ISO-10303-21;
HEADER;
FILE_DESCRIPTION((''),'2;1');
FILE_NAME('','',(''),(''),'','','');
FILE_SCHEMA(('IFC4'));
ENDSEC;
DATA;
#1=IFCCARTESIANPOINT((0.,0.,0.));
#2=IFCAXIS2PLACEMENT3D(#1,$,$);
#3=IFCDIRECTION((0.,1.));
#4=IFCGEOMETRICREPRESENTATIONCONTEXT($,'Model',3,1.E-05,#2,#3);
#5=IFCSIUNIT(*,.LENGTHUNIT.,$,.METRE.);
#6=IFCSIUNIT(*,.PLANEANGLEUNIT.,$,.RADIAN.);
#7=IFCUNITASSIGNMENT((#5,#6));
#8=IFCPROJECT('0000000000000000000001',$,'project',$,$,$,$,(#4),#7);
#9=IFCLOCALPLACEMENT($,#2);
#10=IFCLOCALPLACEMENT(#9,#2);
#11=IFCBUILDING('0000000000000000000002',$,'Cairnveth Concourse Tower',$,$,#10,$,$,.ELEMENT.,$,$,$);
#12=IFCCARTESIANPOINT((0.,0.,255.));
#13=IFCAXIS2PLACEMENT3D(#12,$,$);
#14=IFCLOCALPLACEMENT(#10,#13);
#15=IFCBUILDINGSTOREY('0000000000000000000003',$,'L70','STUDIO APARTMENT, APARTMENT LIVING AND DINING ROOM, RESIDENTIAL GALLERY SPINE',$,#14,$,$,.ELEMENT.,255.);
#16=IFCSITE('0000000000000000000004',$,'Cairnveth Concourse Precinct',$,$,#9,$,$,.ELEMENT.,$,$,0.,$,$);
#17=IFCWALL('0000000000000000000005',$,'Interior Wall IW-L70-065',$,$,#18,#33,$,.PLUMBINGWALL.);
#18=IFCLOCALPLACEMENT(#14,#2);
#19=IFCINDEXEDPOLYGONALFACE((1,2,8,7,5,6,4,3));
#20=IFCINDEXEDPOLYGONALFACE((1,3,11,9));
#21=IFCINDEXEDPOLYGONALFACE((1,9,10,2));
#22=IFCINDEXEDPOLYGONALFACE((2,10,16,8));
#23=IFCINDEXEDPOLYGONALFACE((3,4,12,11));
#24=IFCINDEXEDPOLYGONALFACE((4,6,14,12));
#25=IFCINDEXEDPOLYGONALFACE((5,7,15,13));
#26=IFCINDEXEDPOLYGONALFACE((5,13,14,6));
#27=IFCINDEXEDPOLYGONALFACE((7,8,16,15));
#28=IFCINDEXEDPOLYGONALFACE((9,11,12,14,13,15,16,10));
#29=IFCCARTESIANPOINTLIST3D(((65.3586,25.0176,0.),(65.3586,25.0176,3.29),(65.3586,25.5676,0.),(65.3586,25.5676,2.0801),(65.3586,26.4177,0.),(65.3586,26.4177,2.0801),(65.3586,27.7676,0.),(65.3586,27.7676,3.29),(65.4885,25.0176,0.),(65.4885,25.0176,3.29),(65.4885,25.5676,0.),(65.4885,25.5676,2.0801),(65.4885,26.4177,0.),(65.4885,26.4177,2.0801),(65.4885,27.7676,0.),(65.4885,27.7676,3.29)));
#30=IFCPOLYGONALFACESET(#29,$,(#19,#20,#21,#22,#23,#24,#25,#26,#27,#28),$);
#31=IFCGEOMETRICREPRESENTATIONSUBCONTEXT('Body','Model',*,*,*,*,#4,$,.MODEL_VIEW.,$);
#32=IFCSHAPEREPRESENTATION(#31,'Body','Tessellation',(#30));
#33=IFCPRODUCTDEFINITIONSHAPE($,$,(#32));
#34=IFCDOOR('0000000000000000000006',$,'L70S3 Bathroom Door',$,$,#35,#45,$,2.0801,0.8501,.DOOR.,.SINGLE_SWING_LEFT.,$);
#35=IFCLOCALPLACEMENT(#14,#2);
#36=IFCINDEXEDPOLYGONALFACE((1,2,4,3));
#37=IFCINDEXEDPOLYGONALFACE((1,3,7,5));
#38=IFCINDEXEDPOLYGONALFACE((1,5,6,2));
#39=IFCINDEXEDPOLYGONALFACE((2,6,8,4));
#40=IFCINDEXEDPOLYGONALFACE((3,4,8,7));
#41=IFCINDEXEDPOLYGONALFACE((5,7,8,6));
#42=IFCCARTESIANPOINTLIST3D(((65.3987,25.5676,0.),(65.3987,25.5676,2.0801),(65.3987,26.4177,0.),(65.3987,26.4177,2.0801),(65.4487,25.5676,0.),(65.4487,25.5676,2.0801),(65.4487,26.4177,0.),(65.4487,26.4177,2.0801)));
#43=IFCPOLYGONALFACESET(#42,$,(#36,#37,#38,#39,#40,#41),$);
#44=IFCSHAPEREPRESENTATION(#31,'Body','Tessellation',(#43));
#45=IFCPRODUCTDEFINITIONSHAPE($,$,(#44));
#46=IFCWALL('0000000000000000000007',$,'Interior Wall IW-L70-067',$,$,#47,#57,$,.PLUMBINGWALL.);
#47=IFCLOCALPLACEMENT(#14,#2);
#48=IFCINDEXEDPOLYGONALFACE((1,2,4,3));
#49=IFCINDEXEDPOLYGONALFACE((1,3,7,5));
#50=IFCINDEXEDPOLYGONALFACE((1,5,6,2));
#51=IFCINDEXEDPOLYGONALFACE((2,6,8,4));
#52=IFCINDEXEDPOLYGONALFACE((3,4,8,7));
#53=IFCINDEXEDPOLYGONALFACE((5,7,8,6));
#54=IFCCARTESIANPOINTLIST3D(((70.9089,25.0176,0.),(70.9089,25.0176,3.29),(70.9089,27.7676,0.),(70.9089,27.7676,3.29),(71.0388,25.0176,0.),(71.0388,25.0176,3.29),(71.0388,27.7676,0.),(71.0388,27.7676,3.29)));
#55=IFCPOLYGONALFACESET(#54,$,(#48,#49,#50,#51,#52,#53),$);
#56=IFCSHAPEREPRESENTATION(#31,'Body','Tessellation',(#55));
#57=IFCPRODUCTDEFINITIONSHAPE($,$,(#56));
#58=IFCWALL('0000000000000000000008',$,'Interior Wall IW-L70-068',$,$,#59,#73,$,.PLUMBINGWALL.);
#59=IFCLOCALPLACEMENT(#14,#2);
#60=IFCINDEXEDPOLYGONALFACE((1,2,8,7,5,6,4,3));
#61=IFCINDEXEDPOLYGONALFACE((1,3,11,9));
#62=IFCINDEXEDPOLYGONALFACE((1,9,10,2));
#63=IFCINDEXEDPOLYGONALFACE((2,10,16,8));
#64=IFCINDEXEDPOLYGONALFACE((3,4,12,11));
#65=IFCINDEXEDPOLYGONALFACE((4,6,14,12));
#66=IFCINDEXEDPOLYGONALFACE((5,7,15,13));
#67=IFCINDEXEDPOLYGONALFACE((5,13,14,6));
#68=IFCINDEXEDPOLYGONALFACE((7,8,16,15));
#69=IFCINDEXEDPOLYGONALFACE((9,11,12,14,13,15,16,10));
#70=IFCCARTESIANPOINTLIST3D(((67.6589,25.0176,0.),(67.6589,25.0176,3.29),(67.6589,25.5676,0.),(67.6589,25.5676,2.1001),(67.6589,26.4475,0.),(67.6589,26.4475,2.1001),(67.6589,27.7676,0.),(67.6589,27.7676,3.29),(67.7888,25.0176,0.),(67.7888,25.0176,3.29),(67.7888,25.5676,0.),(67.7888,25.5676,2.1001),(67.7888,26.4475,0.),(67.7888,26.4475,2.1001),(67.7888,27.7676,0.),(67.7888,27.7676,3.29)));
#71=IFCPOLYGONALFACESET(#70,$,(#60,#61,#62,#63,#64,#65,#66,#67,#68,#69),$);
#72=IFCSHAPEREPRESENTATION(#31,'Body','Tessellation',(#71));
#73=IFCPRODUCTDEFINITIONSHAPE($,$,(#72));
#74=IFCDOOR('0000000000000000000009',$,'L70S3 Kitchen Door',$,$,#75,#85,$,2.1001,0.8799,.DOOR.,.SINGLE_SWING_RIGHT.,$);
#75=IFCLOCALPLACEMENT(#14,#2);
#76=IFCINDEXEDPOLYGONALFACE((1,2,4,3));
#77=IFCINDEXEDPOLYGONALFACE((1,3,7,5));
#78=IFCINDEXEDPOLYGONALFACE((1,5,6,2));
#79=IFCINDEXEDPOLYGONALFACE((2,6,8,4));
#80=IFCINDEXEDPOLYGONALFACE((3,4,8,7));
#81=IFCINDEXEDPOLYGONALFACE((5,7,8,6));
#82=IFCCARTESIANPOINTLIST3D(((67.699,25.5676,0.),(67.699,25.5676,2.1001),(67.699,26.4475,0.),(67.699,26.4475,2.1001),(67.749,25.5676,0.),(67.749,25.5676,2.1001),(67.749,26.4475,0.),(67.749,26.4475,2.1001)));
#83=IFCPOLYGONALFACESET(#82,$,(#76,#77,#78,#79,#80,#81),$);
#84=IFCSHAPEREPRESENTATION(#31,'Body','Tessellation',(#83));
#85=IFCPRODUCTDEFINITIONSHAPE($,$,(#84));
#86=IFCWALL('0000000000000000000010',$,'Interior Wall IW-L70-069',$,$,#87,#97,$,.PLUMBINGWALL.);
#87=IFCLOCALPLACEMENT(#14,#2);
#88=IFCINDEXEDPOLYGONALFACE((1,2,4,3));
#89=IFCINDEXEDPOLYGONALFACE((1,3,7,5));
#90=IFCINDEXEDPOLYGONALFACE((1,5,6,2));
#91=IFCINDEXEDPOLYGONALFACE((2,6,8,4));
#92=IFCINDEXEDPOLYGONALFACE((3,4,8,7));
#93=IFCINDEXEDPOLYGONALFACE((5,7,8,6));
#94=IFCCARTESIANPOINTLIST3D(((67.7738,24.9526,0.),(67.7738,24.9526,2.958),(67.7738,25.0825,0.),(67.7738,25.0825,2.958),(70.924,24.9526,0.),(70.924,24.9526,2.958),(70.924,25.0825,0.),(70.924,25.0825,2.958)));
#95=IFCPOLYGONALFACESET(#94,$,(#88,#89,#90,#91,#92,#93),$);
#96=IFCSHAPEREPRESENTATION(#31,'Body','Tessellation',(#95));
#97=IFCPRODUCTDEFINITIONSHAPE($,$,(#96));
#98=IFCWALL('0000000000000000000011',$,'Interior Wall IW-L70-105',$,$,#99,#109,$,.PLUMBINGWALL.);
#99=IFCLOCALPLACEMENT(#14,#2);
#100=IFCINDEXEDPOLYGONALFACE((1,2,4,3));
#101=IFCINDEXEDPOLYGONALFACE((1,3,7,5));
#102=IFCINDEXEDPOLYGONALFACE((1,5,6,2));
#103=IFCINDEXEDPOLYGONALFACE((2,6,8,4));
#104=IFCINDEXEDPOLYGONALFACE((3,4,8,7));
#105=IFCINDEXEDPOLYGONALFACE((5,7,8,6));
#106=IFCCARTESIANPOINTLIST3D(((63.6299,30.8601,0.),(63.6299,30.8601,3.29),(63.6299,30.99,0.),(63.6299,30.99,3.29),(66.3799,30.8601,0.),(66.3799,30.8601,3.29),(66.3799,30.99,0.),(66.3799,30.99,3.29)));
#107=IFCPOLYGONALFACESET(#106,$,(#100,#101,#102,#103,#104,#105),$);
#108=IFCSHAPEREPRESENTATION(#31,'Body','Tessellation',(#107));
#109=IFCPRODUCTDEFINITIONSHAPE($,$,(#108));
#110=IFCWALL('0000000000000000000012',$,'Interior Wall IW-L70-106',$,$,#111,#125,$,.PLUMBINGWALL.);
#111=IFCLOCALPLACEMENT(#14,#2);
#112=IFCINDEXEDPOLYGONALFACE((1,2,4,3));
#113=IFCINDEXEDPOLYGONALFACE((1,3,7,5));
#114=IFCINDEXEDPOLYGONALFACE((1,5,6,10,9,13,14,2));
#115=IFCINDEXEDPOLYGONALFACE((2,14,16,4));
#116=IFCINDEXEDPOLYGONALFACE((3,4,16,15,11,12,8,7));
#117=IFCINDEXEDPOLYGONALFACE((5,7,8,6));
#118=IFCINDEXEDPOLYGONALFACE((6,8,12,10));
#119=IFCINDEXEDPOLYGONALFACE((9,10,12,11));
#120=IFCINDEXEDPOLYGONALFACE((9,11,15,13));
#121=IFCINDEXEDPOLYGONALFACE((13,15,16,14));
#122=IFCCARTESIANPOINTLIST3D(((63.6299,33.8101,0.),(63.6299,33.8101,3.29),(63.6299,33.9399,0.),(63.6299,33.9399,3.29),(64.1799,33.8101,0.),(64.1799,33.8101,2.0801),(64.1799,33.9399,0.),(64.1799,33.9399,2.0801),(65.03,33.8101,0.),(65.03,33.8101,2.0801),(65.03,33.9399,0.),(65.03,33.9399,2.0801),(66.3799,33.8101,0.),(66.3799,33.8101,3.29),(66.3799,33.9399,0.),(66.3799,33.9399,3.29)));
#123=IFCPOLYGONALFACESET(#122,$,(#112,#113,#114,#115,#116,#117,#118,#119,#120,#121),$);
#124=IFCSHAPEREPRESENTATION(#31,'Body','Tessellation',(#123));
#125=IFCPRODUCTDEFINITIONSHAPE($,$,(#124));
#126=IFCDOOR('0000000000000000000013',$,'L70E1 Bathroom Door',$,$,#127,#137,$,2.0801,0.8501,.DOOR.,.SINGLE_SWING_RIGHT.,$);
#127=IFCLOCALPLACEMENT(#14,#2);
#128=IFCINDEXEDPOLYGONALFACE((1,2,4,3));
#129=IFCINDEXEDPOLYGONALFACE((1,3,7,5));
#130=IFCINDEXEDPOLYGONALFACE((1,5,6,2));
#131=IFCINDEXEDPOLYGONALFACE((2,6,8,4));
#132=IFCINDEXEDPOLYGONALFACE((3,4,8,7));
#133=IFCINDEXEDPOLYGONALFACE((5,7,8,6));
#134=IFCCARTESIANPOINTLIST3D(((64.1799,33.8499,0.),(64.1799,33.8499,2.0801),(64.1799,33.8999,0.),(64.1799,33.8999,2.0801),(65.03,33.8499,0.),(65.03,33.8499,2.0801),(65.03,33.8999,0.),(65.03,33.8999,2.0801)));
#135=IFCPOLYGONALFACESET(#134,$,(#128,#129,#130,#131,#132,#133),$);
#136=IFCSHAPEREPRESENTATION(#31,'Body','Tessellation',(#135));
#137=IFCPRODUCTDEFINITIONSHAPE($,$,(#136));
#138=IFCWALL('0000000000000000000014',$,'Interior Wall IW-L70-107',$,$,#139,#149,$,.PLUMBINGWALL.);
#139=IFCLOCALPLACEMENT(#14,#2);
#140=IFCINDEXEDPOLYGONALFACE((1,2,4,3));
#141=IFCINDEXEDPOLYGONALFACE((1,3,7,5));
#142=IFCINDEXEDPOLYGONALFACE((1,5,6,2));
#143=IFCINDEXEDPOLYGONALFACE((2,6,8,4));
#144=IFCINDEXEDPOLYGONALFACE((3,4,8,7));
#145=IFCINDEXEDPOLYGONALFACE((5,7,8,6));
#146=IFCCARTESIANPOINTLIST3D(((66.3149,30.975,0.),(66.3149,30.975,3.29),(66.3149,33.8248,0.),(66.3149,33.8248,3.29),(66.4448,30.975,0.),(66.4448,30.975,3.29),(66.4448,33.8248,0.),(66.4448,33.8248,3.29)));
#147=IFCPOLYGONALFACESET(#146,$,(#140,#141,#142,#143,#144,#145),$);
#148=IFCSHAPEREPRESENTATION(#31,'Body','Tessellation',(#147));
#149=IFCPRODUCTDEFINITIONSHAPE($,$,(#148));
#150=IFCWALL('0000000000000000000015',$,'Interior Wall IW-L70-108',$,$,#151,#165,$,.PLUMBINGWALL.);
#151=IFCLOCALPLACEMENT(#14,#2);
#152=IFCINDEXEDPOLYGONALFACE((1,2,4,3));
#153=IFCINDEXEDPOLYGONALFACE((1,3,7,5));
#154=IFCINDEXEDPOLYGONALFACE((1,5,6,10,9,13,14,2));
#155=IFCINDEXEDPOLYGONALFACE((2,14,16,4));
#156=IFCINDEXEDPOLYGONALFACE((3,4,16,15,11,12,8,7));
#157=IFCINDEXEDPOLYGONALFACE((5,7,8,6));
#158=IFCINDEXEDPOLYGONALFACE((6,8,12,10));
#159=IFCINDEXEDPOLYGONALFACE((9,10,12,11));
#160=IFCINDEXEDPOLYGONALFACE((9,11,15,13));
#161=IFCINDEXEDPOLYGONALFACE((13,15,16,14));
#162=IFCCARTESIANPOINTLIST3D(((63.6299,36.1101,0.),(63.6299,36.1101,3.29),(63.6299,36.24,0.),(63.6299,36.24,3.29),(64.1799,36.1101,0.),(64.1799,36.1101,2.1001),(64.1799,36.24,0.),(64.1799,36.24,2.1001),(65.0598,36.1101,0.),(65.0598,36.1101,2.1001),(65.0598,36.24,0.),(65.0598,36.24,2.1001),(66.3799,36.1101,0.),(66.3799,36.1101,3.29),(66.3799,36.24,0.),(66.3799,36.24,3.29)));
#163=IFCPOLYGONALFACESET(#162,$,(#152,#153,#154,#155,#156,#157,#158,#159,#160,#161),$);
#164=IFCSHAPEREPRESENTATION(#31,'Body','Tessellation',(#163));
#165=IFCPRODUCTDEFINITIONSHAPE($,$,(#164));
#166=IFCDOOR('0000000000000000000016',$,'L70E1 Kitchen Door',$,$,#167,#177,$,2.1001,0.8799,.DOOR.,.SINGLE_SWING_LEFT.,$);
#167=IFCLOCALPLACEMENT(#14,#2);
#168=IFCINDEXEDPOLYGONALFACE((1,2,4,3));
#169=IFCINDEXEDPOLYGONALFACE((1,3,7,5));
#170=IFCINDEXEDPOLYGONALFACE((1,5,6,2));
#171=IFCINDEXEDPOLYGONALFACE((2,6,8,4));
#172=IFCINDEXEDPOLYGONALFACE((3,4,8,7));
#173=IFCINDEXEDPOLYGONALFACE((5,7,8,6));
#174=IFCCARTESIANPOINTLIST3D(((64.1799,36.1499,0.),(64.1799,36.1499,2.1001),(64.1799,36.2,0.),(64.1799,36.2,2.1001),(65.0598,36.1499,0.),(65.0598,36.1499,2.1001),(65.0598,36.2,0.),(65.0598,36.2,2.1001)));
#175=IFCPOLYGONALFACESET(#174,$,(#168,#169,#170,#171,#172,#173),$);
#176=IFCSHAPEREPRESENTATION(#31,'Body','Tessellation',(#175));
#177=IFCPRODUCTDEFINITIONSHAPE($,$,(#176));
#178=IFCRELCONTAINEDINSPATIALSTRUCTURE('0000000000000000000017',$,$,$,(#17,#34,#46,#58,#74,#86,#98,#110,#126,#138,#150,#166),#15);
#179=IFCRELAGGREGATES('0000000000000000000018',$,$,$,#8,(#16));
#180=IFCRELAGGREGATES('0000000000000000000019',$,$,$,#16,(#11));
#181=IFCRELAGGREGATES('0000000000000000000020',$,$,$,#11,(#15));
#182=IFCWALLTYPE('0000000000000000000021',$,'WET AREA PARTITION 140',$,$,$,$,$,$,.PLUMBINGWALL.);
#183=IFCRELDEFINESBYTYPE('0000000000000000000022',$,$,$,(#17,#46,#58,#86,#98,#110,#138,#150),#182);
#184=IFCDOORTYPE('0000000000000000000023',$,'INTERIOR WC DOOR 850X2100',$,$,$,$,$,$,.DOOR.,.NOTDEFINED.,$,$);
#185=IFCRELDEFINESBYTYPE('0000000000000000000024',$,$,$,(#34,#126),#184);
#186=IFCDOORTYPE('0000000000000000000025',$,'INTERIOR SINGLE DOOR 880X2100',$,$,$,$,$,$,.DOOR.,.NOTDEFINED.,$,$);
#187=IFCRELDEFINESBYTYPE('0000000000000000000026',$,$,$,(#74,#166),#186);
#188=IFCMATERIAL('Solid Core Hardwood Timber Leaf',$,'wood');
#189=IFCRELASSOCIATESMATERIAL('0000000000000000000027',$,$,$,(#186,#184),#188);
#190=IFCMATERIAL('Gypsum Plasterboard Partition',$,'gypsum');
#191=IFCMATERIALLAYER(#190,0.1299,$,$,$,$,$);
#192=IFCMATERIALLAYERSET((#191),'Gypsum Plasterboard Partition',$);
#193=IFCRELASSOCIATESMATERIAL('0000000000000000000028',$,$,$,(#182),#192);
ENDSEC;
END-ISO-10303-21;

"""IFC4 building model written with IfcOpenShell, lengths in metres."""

from ifc_helpers import new_model, si_unit, direction, frame, frame_2d, origin, place, context, subcontext, project, spatial, rectangle, extrude, material, layer, layer_set, type_object, element, fill, save


model = new_model("IFC4")

# Units and contexts
model_context = context("Model", 3, precision=1e-05, world=origin(), true_north=direction((0.0, 1.0)))
body_context = subcontext(model_context, "Body", "Model", "MODEL_VIEW")
ifc_project = project(units=[si_unit("LENGTHUNIT", "METRE"), si_unit("PLANEANGLEUNIT", "RADIAN")], contexts=[model_context])

# Site, building, storey
site_placement = place(None, origin())
site = spatial("IfcSite", under=ifc_project, at=site_placement, Name="Cairnveth Concourse Precinct", CompositionType="ELEMENT", RefElevation=0.0)
building_placement = place(site_placement, origin())
building = spatial("IfcBuilding", under=site, at=building_placement, Name="Cairnveth Concourse Tower", CompositionType="ELEMENT")
storey_placement = place(building_placement, frame((0.0, 0.0, 255.0)))
storey = spatial("IfcBuildingStorey", under=building, at=storey_placement, Name="L70", Description="STUDIO APARTMENT, APARTMENT LIVING AND DINING ROOM, RESIDENTIAL GALLERY SPINE", CompositionType="ELEMENT", Elevation=255.0)

# Shared definitions
ifc_material_1 = material(Name="Gypsum Plasterboard Partition", Category="gypsum")

# Wall, opening, door
ifc_material_2 = material(Name="Solid Core Hardwood Timber Leaf", Category="wood")
door_type_1 = type_object("IfcDoorType", Name="INTERIOR SINGLE DOOR 880X2100", OperationType="NOTDEFINED", PredefinedType="DOOR", material=ifc_material_2)
ifc_layer_1 = layer(ifc_material_1, 0.1299)
ifc_layer_set_1 = layer_set([ifc_layer_1], Name="Gypsum Plasterboard Partition")
wall_type_1 = type_object("IfcWallType", Name="WET AREA PARTITION 140", PredefinedType="PLUMBINGWALL", material=ifc_layer_set_1)
wall_1_placement = place(storey_placement, frame((65.4236, 25.0176, 0.0), z_axis=(0.0, 0.0, 1.0), x_axis=(0.0, 1.0, 0.0)))
wall_1 = element("IfcWall", 1, at=wall_1_placement, inside=storey, type_object=wall_type_1, Name="Interior Wall IW-L70-065", PredefinedType="PLUMBINGWALL", context=body_context, shape_type="SweptSolid", body=[
    extrude(rectangle(XDim=2.75, YDim=0.1299, at=frame_2d((1.375, 0.0))), origin(), (0.0, 0.0, 1.0), 3.29),
])
opening_1_placement = place(wall_1_placement, frame((0.55, 0.0, 0.0)))
opening_1 = element("IfcOpeningElement", 2, at=opening_1_placement, cuts=wall_1, PredefinedType="OPENING", context=body_context, shape_type="SweptSolid", body=[
    extrude(rectangle(XDim=0.8501, YDim=2.0801, at=frame_2d((0.425, 1.04))), frame((0.0, 0.075, 0.0), z_axis=(0.0, -1.0, 0.0), x_axis=(1.0, 0.0, 0.0)), (0.0, 0.0, 1.0), 0.1499),
])
door_type_2 = type_object("IfcDoorType", Name="INTERIOR WC DOOR 850X2100", OperationType="NOTDEFINED", PredefinedType="DOOR", material=ifc_material_2)
door_1_placement = place(opening_1_placement, origin())
door_1 = element("IfcDoor", 3, at=door_1_placement, inside=storey, type_object=door_type_2, Name="L70S3 Bathroom Door", OperationType="SINGLE_SWING_LEFT", OverallHeight=2.0801, OverallWidth=0.8501, PredefinedType="DOOR", context=body_context, shape_type="SweptSolid", body=[
    extrude(rectangle(XDim=0.8501, YDim=2.0801, at=frame_2d((0.425, 1.04))), frame((0.0, 0.0249, 0.0), z_axis=(0.0, -1.0, 0.0), x_axis=(1.0, 0.0, 0.0)), (0.0, 0.0, 1.0), 0.05),
])
fill(opening_1, door_1)

# Wall
wall_2_placement = place(storey_placement, frame((70.9739, 25.0176, 0.0), z_axis=(0.0, 0.0, 1.0), x_axis=(0.0, 1.0, 0.0)))
element("IfcWall", 4, at=wall_2_placement, inside=storey, type_object=wall_type_1, Name="Interior Wall IW-L70-067", PredefinedType="PLUMBINGWALL", context=body_context, shape_type="SweptSolid", body=[
    extrude(rectangle(XDim=2.75, YDim=0.1299, at=frame_2d((1.375, 0.0))), origin(), (0.0, 0.0, 1.0), 3.29),
])

# Wall, opening, door
wall_3_placement = place(storey_placement, frame((67.7239, 25.0176, 0.0), z_axis=(0.0, 0.0, 1.0), x_axis=(0.0, 1.0, 0.0)))
wall_3 = element("IfcWall", 5, at=wall_3_placement, inside=storey, type_object=wall_type_1, Name="Interior Wall IW-L70-068", PredefinedType="PLUMBINGWALL", context=body_context, shape_type="SweptSolid", body=[
    extrude(rectangle(XDim=2.75, YDim=0.1299, at=frame_2d((1.375, 0.0))), origin(), (0.0, 0.0, 1.0), 3.29),
])
opening_2_placement = place(wall_3_placement, frame((0.55, 0.0, 0.0)))
opening_2 = element("IfcOpeningElement", 6, at=opening_2_placement, cuts=wall_3, PredefinedType="OPENING", context=body_context, shape_type="SweptSolid", body=[
    extrude(rectangle(XDim=0.8799, YDim=2.1001, at=frame_2d((0.4399, 1.05))), frame((0.0, 0.075, 0.0), z_axis=(0.0, -1.0, 0.0), x_axis=(1.0, 0.0, 0.0)), (0.0, 0.0, 1.0), 0.1499),
])
door_2_placement = place(opening_2_placement, origin())
door_2 = element("IfcDoor", 7, at=door_2_placement, inside=storey, type_object=door_type_1, Name="L70S3 Kitchen Door", OperationType="SINGLE_SWING_RIGHT", OverallHeight=2.1001, OverallWidth=0.8799, PredefinedType="DOOR", context=body_context, shape_type="SweptSolid", body=[
    extrude(rectangle(XDim=0.8799, YDim=2.1001, at=frame_2d((0.4399, 1.05))), frame((0.0, 0.0249, 0.0), z_axis=(0.0, -1.0, 0.0), x_axis=(1.0, 0.0, 0.0)), (0.0, 0.0, 1.0), 0.05),
])
fill(opening_2, door_2)

# Walls
wall_4_placement = place(storey_placement, frame((67.7737, 25.0176, 0.0), z_axis=(0.0, 0.0, 1.0), x_axis=(1.0, 0.0, 0.0)))
element("IfcWall", 8, at=wall_4_placement, inside=storey, type_object=wall_type_1, Name="Interior Wall IW-L70-069", PredefinedType="PLUMBINGWALL", context=body_context, shape_type="SweptSolid", body=[
    extrude(rectangle(XDim=3.1501, YDim=0.1299, at=frame_2d((1.5752, 0.0))), origin(), (0.0, 0.0, 1.0), 2.958),
])
wall_5_placement = place(storey_placement, frame((63.6299, 30.925, 0.0), z_axis=(0.0, 0.0, 1.0), x_axis=(1.0, 0.0, 0.0)))
element("IfcWall", 9, at=wall_5_placement, inside=storey, type_object=wall_type_1, Name="Interior Wall IW-L70-105", PredefinedType="PLUMBINGWALL", context=body_context, shape_type="SweptSolid", body=[
    extrude(rectangle(XDim=2.75, YDim=0.1299, at=frame_2d((1.375, 0.0))), origin(), (0.0, 0.0, 1.0), 3.29),
])

# Wall, opening, door
wall_6_placement = place(storey_placement, frame((63.6299, 33.875, 0.0), z_axis=(0.0, 0.0, 1.0), x_axis=(1.0, 0.0, 0.0)))
wall_6 = element("IfcWall", 10, at=wall_6_placement, inside=storey, type_object=wall_type_1, Name="Interior Wall IW-L70-106", PredefinedType="PLUMBINGWALL", context=body_context, shape_type="SweptSolid", body=[
    extrude(rectangle(XDim=2.75, YDim=0.1299, at=frame_2d((1.375, 0.0))), origin(), (0.0, 0.0, 1.0), 3.29),
])
opening_3_placement = place(wall_6_placement, frame((0.55, 0.0, 0.0)))
opening_3 = element("IfcOpeningElement", 11, at=opening_3_placement, cuts=wall_6, PredefinedType="OPENING", context=body_context, shape_type="SweptSolid", body=[
    extrude(rectangle(XDim=0.8501, YDim=2.0801, at=frame_2d((0.425, 1.04))), frame((0.0, 0.075, 0.0), z_axis=(0.0, -1.0, 0.0), x_axis=(1.0, 0.0, 0.0)), (0.0, 0.0, 1.0), 0.1499),
])
door_3_placement = place(opening_3_placement, origin())
door_3 = element("IfcDoor", 12, at=door_3_placement, inside=storey, type_object=door_type_2, Name="L70E1 Bathroom Door", OperationType="SINGLE_SWING_RIGHT", OverallHeight=2.0801, OverallWidth=0.8501, PredefinedType="DOOR", context=body_context, shape_type="SweptSolid", body=[
    extrude(rectangle(XDim=0.8501, YDim=2.0801, at=frame_2d((0.425, 1.04))), frame((0.0, 0.0249, 0.0), z_axis=(0.0, -1.0, 0.0), x_axis=(1.0, 0.0, 0.0)), (0.0, 0.0, 1.0), 0.05),
])
fill(opening_3, door_3)

# Wall
wall_7_placement = place(storey_placement, frame((66.3799, 30.9751, 0.0), z_axis=(0.0, 0.0, 1.0), x_axis=(0.0, 1.0, 0.0)))
element("IfcWall", 13, at=wall_7_placement, inside=storey, type_object=wall_type_1, Name="Interior Wall IW-L70-107", PredefinedType="PLUMBINGWALL", context=body_context, shape_type="SweptSolid", body=[
    extrude(rectangle(XDim=2.8499, YDim=0.1299, at=frame_2d((1.4248, 0.0))), origin(), (0.0, 0.0, 1.0), 3.29),
])

# Wall, opening, door
wall_8_placement = place(storey_placement, frame((63.6299, 36.175, 0.0), z_axis=(0.0, 0.0, 1.0), x_axis=(1.0, 0.0, 0.0)))
wall_8 = element("IfcWall", 14, at=wall_8_placement, inside=storey, type_object=wall_type_1, Name="Interior Wall IW-L70-108", PredefinedType="PLUMBINGWALL", context=body_context, shape_type="SweptSolid", body=[
    extrude(rectangle(XDim=2.75, YDim=0.1299, at=frame_2d((1.375, 0.0))), origin(), (0.0, 0.0, 1.0), 3.29),
])
opening_4_placement = place(wall_8_placement, frame((0.55, 0.0, 0.0)))
opening_4 = element("IfcOpeningElement", 15, at=opening_4_placement, cuts=wall_8, PredefinedType="OPENING", context=body_context, shape_type="SweptSolid", body=[
    extrude(rectangle(XDim=0.8799, YDim=2.1001, at=frame_2d((0.4399, 1.05))), frame((0.0, 0.075, 0.0), z_axis=(0.0, -1.0, 0.0), x_axis=(1.0, 0.0, 0.0)), (0.0, 0.0, 1.0), 0.1499),
])
door_4_placement = place(opening_4_placement, origin())
door_4 = element("IfcDoor", 16, at=door_4_placement, inside=storey, type_object=door_type_1, Name="L70E1 Kitchen Door", OperationType="SINGLE_SWING_LEFT", OverallHeight=2.1001, OverallWidth=0.8799, PredefinedType="DOOR", context=body_context, shape_type="SweptSolid", body=[
    extrude(rectangle(XDim=0.8799, YDim=2.1001, at=frame_2d((0.4399, 1.05))), frame((0.0, 0.0249, 0.0), z_axis=(0.0, -1.0, 0.0), x_axis=(1.0, 0.0, 0.0)), (0.0, 0.0, 1.0), 0.05),
])
fill(opening_4, door_4)

save(model, "model.ifc")
